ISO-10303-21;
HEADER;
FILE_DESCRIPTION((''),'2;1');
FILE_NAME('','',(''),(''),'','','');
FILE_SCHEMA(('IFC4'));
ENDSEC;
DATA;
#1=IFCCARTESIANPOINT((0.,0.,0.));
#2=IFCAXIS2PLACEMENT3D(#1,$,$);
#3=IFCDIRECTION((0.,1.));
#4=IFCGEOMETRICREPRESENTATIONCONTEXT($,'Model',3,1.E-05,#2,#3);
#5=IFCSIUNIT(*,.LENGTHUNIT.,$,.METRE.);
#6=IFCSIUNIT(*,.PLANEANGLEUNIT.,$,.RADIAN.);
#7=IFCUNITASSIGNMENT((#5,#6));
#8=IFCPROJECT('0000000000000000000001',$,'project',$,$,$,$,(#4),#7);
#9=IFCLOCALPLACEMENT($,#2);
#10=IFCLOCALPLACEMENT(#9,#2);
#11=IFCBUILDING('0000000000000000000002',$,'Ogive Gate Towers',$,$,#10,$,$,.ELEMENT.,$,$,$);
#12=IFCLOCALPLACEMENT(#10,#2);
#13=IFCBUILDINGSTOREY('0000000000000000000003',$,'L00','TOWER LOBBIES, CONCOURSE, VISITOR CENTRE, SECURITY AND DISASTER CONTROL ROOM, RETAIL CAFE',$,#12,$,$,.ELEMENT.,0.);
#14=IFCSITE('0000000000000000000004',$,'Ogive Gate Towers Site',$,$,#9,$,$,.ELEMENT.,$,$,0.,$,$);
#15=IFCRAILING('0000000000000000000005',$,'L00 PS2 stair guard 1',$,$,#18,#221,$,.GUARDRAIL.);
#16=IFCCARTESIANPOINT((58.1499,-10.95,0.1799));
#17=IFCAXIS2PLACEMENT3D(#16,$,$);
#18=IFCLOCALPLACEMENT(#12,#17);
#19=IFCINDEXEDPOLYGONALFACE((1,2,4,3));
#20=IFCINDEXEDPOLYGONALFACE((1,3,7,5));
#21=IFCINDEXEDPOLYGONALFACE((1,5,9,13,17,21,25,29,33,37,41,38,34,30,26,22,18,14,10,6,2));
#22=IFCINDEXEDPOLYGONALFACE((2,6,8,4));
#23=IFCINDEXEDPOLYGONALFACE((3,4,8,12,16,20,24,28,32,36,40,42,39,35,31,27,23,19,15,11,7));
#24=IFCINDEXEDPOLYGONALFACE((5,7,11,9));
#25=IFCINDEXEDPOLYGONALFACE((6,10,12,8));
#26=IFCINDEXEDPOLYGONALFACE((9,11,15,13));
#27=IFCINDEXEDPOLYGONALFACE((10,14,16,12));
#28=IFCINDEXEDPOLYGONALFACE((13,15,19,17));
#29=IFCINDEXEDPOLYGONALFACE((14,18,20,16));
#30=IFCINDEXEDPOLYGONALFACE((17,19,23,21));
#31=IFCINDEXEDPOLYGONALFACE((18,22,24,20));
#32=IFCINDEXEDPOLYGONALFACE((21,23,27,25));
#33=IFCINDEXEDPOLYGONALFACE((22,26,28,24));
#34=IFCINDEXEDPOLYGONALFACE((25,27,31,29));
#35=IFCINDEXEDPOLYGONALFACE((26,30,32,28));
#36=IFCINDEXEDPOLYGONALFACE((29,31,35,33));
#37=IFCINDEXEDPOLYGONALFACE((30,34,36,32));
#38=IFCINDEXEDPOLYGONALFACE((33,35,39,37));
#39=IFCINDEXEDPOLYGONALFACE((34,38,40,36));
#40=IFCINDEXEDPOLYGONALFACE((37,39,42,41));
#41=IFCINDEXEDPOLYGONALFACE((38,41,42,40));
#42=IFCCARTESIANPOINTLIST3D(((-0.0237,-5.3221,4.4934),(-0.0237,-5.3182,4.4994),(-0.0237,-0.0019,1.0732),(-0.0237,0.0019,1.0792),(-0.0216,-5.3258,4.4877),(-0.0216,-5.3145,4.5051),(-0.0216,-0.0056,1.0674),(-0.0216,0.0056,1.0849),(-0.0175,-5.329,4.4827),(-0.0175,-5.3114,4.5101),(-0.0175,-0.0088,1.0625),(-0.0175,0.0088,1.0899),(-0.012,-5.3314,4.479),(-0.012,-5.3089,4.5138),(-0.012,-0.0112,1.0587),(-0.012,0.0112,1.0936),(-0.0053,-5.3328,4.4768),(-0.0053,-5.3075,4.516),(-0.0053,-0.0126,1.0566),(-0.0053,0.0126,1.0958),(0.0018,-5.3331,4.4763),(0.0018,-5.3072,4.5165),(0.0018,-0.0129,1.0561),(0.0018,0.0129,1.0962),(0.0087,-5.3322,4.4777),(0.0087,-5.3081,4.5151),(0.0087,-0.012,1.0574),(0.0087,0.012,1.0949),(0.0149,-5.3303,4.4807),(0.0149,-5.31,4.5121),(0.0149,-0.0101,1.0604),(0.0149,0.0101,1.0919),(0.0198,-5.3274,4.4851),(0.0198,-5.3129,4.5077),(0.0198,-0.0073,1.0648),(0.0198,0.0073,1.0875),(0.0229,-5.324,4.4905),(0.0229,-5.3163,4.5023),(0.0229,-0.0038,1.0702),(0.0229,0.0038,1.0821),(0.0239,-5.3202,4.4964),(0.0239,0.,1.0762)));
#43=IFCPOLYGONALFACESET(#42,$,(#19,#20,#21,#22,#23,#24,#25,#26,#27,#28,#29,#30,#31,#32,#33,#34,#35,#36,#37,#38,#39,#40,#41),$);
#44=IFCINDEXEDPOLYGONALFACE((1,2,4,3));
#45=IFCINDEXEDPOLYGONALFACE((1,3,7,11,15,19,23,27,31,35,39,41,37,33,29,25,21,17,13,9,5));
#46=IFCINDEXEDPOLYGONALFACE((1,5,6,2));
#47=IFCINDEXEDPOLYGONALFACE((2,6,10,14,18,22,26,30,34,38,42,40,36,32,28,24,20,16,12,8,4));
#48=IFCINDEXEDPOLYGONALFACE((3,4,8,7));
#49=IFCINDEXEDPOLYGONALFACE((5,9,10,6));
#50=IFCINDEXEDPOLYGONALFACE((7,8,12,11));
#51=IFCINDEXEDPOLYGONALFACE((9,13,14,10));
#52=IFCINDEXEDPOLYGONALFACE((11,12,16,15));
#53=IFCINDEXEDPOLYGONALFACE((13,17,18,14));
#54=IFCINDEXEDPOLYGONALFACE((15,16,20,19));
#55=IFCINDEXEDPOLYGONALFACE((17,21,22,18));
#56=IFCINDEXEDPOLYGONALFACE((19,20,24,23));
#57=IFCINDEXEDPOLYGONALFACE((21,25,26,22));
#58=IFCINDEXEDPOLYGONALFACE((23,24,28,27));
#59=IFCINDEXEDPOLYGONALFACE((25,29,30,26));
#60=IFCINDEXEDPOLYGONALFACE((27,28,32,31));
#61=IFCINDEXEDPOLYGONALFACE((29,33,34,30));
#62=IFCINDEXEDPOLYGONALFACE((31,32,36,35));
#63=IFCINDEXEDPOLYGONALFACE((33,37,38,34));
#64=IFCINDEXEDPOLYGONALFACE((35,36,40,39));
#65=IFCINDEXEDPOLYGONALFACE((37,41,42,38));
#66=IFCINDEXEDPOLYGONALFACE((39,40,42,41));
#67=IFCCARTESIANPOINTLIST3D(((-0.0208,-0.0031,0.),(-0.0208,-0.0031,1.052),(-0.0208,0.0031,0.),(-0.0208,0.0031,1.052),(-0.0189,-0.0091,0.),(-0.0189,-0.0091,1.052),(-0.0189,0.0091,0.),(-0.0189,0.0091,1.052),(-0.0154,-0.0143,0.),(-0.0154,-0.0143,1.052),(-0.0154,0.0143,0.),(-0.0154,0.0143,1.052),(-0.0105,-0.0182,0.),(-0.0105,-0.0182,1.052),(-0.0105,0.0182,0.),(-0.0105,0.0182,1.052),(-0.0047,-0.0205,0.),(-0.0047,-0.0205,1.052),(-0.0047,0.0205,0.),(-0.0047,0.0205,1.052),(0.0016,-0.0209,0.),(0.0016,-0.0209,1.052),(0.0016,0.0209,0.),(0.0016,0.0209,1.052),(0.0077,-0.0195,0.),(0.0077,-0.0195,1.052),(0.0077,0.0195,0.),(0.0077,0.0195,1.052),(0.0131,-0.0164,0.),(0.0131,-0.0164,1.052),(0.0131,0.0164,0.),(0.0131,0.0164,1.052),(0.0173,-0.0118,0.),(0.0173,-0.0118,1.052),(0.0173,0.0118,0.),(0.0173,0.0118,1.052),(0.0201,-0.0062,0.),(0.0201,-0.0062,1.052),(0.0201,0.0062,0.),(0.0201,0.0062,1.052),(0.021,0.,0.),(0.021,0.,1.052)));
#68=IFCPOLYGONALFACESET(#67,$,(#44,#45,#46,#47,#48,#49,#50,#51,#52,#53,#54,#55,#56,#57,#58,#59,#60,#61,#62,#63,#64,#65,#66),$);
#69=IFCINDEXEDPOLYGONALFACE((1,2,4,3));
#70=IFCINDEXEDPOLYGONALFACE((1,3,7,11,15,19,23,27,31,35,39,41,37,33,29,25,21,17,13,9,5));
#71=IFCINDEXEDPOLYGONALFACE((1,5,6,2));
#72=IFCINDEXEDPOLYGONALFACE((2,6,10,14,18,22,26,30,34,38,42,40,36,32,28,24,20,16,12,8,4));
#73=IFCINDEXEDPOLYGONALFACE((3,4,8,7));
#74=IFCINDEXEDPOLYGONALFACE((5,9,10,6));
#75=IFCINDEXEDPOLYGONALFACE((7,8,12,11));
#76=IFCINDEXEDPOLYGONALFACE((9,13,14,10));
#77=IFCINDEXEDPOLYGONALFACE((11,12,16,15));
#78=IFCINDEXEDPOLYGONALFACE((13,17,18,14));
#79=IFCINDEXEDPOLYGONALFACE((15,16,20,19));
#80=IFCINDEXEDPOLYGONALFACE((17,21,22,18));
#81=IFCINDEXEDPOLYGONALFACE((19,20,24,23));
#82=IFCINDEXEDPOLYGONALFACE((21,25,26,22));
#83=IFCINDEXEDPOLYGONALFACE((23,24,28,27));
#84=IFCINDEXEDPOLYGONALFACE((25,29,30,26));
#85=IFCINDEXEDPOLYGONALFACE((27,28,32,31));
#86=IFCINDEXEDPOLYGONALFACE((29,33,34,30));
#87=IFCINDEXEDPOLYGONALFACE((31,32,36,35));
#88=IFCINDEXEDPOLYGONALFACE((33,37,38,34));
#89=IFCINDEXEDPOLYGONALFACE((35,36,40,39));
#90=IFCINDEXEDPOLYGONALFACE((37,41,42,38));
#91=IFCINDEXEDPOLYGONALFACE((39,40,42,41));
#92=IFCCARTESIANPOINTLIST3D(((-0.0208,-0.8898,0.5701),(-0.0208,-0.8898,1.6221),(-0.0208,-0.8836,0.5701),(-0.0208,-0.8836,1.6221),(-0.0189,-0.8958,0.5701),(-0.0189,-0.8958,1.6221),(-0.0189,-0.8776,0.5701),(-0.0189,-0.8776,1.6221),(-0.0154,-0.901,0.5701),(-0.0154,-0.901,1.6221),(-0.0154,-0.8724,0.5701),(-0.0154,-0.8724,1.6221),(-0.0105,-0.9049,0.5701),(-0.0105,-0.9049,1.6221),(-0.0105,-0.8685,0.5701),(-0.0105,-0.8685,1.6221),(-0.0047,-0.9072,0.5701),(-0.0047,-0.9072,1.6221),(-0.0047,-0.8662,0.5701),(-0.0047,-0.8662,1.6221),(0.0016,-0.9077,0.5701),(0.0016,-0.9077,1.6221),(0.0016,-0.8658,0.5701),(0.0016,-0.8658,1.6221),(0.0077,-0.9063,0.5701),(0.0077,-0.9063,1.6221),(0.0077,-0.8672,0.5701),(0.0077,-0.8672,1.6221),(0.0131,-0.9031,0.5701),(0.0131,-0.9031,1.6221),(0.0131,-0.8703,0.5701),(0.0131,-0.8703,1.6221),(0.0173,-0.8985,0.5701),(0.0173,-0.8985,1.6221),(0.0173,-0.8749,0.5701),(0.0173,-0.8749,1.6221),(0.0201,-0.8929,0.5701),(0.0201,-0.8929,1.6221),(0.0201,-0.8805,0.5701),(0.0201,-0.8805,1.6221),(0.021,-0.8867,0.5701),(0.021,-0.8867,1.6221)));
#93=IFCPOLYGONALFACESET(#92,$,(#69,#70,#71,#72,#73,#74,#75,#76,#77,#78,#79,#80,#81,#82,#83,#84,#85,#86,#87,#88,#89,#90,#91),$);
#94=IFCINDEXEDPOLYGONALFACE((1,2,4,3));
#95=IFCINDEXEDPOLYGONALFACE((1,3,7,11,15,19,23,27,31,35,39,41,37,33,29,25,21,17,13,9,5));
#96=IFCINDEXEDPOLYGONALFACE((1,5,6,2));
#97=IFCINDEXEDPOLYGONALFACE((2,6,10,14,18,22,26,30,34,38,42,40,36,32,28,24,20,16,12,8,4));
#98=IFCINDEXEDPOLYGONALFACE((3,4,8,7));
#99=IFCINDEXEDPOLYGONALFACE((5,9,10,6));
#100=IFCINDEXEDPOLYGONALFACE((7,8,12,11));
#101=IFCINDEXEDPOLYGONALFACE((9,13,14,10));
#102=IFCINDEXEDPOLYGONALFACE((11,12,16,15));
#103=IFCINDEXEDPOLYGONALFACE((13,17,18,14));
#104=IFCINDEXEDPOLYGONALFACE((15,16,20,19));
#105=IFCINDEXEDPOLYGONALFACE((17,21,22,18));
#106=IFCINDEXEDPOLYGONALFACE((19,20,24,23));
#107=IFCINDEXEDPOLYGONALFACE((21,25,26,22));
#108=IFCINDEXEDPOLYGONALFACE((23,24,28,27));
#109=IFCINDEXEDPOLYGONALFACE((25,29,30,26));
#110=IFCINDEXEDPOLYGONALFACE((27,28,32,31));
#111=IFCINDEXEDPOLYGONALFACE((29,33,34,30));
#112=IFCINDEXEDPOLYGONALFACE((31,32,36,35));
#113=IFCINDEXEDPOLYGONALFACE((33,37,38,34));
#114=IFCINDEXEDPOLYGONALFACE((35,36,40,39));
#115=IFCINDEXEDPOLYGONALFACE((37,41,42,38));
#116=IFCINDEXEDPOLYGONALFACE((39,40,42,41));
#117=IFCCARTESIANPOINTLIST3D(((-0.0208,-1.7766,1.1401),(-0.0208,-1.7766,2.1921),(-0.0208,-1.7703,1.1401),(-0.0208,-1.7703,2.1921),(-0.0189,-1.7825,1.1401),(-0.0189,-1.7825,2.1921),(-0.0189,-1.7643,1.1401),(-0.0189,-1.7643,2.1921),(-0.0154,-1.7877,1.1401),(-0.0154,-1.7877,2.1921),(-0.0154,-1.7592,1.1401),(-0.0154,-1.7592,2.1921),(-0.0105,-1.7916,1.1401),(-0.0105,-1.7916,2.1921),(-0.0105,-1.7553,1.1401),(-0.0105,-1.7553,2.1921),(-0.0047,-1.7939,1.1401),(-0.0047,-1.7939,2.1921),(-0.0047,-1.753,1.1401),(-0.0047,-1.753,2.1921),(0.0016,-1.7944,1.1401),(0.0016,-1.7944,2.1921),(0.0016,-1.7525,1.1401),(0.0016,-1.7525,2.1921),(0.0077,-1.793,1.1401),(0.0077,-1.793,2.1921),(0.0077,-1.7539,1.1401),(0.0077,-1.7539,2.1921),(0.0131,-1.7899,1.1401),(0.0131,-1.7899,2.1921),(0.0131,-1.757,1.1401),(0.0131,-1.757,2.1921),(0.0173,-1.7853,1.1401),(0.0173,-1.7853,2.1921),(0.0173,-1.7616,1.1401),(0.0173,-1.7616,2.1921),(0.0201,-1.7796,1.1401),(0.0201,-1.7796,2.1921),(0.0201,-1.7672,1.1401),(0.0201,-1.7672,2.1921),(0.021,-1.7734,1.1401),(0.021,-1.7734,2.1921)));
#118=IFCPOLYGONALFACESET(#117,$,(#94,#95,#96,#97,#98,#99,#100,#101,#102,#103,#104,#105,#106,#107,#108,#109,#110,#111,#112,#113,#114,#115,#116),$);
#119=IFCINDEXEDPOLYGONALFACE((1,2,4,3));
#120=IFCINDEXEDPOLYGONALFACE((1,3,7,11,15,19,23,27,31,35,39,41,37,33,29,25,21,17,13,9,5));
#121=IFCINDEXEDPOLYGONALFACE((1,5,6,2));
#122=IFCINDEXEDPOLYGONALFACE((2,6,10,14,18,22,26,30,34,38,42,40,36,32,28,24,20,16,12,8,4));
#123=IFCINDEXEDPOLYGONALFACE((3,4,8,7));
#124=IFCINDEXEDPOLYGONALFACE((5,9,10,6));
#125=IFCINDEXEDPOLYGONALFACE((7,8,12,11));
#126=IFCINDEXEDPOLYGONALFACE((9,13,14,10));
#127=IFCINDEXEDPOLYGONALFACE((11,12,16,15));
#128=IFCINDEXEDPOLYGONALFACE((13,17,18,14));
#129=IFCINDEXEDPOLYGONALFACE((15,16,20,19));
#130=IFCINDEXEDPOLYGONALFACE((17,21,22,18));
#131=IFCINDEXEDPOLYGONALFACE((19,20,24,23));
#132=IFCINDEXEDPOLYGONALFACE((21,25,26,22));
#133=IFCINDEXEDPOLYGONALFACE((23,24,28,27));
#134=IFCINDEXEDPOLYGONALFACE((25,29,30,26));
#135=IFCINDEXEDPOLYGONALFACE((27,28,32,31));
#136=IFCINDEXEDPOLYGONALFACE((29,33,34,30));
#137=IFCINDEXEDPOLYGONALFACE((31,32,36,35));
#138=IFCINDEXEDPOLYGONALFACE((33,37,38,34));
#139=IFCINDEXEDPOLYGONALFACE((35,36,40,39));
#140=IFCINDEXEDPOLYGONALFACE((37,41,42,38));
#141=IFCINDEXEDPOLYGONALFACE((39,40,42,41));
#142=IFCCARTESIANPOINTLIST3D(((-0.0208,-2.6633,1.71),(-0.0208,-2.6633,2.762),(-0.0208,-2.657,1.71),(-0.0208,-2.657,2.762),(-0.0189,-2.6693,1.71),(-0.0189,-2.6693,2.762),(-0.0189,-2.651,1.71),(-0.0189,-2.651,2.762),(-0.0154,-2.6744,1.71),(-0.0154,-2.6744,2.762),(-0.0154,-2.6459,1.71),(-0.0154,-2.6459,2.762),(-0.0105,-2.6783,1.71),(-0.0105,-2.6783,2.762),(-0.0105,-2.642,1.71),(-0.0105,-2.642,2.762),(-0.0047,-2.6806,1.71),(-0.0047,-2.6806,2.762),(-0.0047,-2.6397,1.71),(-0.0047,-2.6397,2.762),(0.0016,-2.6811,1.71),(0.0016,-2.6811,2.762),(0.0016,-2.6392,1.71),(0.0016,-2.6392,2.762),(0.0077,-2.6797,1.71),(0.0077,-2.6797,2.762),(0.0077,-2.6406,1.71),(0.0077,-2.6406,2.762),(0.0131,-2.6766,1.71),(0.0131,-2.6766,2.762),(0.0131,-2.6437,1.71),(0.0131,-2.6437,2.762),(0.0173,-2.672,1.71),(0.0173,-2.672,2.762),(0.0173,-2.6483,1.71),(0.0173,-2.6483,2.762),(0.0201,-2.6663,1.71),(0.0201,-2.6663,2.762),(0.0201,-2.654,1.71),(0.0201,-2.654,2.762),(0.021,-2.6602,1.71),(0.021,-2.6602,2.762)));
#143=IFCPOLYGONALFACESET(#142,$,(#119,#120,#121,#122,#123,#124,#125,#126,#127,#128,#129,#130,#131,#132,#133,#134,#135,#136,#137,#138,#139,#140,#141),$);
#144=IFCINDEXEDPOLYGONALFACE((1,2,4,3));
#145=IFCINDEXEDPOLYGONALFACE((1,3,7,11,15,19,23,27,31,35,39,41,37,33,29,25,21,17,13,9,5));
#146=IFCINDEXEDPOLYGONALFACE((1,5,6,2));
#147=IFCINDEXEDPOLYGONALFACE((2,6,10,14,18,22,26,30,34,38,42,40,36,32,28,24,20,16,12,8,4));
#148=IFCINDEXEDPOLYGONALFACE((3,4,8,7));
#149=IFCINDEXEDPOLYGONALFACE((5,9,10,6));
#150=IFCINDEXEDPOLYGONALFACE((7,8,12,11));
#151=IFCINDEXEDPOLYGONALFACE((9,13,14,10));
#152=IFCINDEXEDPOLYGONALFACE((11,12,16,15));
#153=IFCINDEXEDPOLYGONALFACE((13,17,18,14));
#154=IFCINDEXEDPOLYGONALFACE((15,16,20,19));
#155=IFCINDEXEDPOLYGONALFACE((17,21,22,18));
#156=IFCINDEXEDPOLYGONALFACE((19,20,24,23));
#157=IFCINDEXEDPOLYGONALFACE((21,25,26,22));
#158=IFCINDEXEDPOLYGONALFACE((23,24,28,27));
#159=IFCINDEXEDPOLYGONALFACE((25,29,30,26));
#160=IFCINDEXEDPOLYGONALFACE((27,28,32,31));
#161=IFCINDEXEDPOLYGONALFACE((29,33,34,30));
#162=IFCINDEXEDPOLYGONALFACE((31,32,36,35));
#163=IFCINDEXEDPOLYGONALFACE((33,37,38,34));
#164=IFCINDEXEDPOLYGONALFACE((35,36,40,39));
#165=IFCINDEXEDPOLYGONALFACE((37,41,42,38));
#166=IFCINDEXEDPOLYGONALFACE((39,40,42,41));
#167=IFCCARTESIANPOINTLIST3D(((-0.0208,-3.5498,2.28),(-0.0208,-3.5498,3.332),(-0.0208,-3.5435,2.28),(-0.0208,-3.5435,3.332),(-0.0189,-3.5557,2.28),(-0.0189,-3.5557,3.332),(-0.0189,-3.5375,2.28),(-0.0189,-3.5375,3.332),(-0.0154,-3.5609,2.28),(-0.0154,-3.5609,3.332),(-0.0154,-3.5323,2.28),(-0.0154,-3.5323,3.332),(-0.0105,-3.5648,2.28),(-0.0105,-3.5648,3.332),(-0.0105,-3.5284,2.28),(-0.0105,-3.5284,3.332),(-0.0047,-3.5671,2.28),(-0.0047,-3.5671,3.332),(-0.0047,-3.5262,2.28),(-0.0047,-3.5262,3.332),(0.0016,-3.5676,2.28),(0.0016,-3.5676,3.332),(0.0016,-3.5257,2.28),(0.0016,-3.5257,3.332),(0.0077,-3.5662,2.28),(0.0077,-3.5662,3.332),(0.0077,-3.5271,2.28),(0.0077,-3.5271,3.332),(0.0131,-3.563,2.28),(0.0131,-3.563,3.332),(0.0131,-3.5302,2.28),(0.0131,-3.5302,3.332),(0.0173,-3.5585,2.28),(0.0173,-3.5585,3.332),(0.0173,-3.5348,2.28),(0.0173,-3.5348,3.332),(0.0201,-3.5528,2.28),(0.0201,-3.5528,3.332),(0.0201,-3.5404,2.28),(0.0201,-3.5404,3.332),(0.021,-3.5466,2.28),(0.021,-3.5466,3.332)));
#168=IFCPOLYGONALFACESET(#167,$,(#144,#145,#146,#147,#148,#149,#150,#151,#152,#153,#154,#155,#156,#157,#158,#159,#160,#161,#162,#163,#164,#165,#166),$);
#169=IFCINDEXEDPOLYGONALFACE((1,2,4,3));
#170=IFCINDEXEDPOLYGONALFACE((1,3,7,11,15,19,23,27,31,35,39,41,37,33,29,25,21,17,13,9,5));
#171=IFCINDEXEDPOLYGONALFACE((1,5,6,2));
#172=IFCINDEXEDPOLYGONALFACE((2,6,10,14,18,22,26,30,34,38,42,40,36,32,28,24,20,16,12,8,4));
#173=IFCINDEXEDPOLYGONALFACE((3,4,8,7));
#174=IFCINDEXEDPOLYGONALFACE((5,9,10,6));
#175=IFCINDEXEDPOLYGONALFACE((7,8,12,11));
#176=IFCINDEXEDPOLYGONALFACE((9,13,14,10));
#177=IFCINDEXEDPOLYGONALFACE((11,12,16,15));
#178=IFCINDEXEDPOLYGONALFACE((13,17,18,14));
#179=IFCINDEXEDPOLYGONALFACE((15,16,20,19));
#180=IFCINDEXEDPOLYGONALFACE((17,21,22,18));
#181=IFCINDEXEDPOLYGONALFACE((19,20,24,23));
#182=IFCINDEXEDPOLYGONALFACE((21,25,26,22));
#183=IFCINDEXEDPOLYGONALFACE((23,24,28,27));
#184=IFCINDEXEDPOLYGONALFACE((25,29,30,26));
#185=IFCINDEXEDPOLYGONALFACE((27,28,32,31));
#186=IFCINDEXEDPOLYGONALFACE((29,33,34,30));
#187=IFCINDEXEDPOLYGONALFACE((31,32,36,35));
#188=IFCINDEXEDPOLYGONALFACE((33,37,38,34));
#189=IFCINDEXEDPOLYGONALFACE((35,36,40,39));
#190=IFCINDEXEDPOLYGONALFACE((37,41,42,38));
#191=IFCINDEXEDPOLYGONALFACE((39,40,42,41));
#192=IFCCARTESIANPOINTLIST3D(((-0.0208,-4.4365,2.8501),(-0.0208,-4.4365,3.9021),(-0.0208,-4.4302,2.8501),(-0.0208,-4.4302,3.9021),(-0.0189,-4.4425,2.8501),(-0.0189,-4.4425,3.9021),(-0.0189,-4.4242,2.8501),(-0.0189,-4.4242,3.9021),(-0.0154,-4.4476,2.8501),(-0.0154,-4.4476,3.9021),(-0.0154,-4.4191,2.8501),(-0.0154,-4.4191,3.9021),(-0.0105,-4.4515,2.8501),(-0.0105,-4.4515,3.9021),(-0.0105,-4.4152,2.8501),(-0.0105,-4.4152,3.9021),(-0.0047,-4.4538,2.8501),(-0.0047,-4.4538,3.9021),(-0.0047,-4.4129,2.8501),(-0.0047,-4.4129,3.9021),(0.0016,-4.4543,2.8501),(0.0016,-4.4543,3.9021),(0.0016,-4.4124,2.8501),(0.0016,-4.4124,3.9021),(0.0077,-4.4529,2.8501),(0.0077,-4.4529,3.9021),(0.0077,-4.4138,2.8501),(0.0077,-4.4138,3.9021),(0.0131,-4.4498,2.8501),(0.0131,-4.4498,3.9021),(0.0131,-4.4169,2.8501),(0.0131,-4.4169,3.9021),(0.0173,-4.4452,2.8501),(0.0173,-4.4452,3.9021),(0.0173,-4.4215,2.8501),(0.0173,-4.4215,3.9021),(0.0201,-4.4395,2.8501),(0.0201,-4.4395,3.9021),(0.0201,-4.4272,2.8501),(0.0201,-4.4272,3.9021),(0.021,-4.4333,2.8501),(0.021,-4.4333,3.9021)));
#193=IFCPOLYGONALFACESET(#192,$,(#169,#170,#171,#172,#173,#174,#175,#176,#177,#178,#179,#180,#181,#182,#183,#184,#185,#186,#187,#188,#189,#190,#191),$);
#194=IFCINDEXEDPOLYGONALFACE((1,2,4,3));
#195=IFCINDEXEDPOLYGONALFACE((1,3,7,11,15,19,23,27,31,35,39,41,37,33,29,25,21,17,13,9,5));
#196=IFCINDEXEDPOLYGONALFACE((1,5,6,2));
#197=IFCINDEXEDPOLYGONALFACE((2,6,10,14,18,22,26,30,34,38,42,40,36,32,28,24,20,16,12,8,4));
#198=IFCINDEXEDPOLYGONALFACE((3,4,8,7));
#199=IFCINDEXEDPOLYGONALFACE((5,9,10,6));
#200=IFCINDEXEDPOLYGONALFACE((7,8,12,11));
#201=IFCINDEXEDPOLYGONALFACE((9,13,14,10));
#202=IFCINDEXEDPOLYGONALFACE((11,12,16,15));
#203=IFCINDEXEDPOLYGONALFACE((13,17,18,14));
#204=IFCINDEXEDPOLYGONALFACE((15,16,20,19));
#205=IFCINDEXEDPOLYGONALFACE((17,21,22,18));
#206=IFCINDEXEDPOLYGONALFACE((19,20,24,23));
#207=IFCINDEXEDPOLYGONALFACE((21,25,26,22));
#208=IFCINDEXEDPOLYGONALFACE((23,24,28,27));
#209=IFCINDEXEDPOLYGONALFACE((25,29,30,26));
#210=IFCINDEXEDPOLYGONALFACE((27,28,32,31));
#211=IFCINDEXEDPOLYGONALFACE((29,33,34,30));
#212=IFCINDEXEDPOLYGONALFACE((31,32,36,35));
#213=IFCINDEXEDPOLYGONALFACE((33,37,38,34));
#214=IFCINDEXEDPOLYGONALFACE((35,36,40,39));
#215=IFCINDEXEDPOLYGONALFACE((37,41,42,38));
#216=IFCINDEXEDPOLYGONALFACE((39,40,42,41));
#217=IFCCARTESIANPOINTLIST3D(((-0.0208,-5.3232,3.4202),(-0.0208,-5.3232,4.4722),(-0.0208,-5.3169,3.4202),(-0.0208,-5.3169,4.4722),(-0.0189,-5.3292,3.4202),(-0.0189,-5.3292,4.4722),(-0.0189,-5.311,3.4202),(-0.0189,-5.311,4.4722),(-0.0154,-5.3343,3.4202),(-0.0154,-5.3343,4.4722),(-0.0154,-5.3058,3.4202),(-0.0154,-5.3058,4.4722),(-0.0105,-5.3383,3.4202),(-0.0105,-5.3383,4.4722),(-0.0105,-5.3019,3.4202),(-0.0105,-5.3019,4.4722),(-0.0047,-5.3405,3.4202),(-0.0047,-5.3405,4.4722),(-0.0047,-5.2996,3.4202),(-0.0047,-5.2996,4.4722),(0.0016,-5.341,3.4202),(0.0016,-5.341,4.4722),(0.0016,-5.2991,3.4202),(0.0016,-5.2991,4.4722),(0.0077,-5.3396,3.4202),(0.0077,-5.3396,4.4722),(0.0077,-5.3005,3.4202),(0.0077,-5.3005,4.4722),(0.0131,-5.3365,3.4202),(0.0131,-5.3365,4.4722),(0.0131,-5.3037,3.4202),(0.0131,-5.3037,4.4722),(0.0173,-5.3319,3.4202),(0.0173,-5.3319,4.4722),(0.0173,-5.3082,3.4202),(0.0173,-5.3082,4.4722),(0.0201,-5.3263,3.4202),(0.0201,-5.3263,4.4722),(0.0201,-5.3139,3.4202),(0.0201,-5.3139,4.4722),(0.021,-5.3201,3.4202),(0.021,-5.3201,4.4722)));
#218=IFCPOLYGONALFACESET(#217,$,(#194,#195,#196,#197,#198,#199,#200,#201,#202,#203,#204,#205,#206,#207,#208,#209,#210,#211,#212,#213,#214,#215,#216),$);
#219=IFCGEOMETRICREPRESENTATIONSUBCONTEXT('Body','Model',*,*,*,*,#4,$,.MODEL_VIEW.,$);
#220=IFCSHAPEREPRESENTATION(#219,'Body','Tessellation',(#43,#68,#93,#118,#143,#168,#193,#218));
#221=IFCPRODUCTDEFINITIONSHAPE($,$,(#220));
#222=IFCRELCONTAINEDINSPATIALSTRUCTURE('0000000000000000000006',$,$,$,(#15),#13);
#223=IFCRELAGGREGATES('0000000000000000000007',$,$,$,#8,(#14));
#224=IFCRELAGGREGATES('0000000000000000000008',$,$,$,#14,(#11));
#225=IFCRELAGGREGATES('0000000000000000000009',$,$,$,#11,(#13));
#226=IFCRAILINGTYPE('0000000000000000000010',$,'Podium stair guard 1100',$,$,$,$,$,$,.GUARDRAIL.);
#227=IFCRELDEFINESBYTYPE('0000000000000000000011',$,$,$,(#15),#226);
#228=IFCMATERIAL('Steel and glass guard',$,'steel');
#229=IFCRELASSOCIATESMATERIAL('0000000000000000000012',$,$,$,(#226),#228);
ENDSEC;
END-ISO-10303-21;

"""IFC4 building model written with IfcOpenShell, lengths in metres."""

from ifc_helpers import new_model, si_unit, direction, frame, origin, origin_2d, place, context, subcontext, project, spatial, circle, extrude, material, type_object, element, save


model = new_model("IFC4")

# Units and contexts
model_context = context("Model", 3, precision=1e-05, world=origin(), true_north=direction((0.0, 1.0)))
body_context = subcontext(model_context, "Body", "Model", "MODEL_VIEW")
ifc_project = project(units=[si_unit("LENGTHUNIT", "METRE"), si_unit("PLANEANGLEUNIT", "RADIAN")], contexts=[model_context])

# Site, building, storey
site_placement = place(None, origin())
site = spatial("IfcSite", under=ifc_project, at=site_placement, Name="Ogive Gate Towers Site", CompositionType="ELEMENT", RefElevation=0.0)
building_placement = place(site_placement, origin())
building = spatial("IfcBuilding", under=site, at=building_placement, Name="Ogive Gate Towers", CompositionType="ELEMENT")
storey_placement = place(building_placement, origin())
storey = spatial("IfcBuildingStorey", under=building, at=storey_placement, Name="L00", Description="TOWER LOBBIES, CONCOURSE, VISITOR CENTRE, SECURITY AND DISASTER CONTROL ROOM, RETAIL CAFE", CompositionType="ELEMENT", Elevation=0.0)

# Railing
ifc_material_1 = material(Name="Steel and glass guard", Category="steel")
railing_type_1 = type_object("IfcRailingType", Name="Podium stair guard 1100", PredefinedType="GUARDRAIL", material=ifc_material_1)
railing_1_placement = place(storey_placement, frame((58.1499, -10.95, 0.1799)))
element("IfcRailing", 1, at=railing_1_placement, inside=storey, type_object=railing_type_1, Name="L00 PS2 stair guard 1", PredefinedType="GUARDRAIL", context=body_context, shape_type="SweptSolid", body=[
    extrude(circle(Radius=0.0239, at=origin_2d()), frame((0.0, 0.0, 1.0762), z_axis=(0.0, -0.84117, 0.540771), x_axis=(1.0, 0.0, 0.0)), (0.0, 0.0, 1.0), 6.3247),
    extrude(circle(Radius=0.021, at=origin_2d()), origin(), (0.0, 0.0, 1.0), 1.052),
    extrude(circle(Radius=0.021, at=origin_2d()), frame((0.0, -0.8867, 0.5701)), (0.0, 0.0, 1.0), 1.052),
    extrude(circle(Radius=0.021, at=origin_2d()), frame((0.0, -1.7734, 1.1401)), (0.0, 0.0, 1.0), 1.052),
    extrude(circle(Radius=0.021, at=origin_2d()), frame((0.0, -2.6602, 1.71)), (0.0, 0.0, 1.0), 1.052),
    extrude(circle(Radius=0.021, at=origin_2d()), frame((0.0, -3.5466, 2.28)), (0.0, 0.0, 1.0), 1.052),
    extrude(circle(Radius=0.021, at=origin_2d()), frame((0.0, -4.4333, 2.8501)), (0.0, 0.0, 1.0), 1.052),
    extrude(circle(Radius=0.021, at=origin_2d()), frame((0.0, -5.3201, 3.4202)), (0.0, 0.0, 1.0), 1.052),
])

save(model, "model.ifc")
